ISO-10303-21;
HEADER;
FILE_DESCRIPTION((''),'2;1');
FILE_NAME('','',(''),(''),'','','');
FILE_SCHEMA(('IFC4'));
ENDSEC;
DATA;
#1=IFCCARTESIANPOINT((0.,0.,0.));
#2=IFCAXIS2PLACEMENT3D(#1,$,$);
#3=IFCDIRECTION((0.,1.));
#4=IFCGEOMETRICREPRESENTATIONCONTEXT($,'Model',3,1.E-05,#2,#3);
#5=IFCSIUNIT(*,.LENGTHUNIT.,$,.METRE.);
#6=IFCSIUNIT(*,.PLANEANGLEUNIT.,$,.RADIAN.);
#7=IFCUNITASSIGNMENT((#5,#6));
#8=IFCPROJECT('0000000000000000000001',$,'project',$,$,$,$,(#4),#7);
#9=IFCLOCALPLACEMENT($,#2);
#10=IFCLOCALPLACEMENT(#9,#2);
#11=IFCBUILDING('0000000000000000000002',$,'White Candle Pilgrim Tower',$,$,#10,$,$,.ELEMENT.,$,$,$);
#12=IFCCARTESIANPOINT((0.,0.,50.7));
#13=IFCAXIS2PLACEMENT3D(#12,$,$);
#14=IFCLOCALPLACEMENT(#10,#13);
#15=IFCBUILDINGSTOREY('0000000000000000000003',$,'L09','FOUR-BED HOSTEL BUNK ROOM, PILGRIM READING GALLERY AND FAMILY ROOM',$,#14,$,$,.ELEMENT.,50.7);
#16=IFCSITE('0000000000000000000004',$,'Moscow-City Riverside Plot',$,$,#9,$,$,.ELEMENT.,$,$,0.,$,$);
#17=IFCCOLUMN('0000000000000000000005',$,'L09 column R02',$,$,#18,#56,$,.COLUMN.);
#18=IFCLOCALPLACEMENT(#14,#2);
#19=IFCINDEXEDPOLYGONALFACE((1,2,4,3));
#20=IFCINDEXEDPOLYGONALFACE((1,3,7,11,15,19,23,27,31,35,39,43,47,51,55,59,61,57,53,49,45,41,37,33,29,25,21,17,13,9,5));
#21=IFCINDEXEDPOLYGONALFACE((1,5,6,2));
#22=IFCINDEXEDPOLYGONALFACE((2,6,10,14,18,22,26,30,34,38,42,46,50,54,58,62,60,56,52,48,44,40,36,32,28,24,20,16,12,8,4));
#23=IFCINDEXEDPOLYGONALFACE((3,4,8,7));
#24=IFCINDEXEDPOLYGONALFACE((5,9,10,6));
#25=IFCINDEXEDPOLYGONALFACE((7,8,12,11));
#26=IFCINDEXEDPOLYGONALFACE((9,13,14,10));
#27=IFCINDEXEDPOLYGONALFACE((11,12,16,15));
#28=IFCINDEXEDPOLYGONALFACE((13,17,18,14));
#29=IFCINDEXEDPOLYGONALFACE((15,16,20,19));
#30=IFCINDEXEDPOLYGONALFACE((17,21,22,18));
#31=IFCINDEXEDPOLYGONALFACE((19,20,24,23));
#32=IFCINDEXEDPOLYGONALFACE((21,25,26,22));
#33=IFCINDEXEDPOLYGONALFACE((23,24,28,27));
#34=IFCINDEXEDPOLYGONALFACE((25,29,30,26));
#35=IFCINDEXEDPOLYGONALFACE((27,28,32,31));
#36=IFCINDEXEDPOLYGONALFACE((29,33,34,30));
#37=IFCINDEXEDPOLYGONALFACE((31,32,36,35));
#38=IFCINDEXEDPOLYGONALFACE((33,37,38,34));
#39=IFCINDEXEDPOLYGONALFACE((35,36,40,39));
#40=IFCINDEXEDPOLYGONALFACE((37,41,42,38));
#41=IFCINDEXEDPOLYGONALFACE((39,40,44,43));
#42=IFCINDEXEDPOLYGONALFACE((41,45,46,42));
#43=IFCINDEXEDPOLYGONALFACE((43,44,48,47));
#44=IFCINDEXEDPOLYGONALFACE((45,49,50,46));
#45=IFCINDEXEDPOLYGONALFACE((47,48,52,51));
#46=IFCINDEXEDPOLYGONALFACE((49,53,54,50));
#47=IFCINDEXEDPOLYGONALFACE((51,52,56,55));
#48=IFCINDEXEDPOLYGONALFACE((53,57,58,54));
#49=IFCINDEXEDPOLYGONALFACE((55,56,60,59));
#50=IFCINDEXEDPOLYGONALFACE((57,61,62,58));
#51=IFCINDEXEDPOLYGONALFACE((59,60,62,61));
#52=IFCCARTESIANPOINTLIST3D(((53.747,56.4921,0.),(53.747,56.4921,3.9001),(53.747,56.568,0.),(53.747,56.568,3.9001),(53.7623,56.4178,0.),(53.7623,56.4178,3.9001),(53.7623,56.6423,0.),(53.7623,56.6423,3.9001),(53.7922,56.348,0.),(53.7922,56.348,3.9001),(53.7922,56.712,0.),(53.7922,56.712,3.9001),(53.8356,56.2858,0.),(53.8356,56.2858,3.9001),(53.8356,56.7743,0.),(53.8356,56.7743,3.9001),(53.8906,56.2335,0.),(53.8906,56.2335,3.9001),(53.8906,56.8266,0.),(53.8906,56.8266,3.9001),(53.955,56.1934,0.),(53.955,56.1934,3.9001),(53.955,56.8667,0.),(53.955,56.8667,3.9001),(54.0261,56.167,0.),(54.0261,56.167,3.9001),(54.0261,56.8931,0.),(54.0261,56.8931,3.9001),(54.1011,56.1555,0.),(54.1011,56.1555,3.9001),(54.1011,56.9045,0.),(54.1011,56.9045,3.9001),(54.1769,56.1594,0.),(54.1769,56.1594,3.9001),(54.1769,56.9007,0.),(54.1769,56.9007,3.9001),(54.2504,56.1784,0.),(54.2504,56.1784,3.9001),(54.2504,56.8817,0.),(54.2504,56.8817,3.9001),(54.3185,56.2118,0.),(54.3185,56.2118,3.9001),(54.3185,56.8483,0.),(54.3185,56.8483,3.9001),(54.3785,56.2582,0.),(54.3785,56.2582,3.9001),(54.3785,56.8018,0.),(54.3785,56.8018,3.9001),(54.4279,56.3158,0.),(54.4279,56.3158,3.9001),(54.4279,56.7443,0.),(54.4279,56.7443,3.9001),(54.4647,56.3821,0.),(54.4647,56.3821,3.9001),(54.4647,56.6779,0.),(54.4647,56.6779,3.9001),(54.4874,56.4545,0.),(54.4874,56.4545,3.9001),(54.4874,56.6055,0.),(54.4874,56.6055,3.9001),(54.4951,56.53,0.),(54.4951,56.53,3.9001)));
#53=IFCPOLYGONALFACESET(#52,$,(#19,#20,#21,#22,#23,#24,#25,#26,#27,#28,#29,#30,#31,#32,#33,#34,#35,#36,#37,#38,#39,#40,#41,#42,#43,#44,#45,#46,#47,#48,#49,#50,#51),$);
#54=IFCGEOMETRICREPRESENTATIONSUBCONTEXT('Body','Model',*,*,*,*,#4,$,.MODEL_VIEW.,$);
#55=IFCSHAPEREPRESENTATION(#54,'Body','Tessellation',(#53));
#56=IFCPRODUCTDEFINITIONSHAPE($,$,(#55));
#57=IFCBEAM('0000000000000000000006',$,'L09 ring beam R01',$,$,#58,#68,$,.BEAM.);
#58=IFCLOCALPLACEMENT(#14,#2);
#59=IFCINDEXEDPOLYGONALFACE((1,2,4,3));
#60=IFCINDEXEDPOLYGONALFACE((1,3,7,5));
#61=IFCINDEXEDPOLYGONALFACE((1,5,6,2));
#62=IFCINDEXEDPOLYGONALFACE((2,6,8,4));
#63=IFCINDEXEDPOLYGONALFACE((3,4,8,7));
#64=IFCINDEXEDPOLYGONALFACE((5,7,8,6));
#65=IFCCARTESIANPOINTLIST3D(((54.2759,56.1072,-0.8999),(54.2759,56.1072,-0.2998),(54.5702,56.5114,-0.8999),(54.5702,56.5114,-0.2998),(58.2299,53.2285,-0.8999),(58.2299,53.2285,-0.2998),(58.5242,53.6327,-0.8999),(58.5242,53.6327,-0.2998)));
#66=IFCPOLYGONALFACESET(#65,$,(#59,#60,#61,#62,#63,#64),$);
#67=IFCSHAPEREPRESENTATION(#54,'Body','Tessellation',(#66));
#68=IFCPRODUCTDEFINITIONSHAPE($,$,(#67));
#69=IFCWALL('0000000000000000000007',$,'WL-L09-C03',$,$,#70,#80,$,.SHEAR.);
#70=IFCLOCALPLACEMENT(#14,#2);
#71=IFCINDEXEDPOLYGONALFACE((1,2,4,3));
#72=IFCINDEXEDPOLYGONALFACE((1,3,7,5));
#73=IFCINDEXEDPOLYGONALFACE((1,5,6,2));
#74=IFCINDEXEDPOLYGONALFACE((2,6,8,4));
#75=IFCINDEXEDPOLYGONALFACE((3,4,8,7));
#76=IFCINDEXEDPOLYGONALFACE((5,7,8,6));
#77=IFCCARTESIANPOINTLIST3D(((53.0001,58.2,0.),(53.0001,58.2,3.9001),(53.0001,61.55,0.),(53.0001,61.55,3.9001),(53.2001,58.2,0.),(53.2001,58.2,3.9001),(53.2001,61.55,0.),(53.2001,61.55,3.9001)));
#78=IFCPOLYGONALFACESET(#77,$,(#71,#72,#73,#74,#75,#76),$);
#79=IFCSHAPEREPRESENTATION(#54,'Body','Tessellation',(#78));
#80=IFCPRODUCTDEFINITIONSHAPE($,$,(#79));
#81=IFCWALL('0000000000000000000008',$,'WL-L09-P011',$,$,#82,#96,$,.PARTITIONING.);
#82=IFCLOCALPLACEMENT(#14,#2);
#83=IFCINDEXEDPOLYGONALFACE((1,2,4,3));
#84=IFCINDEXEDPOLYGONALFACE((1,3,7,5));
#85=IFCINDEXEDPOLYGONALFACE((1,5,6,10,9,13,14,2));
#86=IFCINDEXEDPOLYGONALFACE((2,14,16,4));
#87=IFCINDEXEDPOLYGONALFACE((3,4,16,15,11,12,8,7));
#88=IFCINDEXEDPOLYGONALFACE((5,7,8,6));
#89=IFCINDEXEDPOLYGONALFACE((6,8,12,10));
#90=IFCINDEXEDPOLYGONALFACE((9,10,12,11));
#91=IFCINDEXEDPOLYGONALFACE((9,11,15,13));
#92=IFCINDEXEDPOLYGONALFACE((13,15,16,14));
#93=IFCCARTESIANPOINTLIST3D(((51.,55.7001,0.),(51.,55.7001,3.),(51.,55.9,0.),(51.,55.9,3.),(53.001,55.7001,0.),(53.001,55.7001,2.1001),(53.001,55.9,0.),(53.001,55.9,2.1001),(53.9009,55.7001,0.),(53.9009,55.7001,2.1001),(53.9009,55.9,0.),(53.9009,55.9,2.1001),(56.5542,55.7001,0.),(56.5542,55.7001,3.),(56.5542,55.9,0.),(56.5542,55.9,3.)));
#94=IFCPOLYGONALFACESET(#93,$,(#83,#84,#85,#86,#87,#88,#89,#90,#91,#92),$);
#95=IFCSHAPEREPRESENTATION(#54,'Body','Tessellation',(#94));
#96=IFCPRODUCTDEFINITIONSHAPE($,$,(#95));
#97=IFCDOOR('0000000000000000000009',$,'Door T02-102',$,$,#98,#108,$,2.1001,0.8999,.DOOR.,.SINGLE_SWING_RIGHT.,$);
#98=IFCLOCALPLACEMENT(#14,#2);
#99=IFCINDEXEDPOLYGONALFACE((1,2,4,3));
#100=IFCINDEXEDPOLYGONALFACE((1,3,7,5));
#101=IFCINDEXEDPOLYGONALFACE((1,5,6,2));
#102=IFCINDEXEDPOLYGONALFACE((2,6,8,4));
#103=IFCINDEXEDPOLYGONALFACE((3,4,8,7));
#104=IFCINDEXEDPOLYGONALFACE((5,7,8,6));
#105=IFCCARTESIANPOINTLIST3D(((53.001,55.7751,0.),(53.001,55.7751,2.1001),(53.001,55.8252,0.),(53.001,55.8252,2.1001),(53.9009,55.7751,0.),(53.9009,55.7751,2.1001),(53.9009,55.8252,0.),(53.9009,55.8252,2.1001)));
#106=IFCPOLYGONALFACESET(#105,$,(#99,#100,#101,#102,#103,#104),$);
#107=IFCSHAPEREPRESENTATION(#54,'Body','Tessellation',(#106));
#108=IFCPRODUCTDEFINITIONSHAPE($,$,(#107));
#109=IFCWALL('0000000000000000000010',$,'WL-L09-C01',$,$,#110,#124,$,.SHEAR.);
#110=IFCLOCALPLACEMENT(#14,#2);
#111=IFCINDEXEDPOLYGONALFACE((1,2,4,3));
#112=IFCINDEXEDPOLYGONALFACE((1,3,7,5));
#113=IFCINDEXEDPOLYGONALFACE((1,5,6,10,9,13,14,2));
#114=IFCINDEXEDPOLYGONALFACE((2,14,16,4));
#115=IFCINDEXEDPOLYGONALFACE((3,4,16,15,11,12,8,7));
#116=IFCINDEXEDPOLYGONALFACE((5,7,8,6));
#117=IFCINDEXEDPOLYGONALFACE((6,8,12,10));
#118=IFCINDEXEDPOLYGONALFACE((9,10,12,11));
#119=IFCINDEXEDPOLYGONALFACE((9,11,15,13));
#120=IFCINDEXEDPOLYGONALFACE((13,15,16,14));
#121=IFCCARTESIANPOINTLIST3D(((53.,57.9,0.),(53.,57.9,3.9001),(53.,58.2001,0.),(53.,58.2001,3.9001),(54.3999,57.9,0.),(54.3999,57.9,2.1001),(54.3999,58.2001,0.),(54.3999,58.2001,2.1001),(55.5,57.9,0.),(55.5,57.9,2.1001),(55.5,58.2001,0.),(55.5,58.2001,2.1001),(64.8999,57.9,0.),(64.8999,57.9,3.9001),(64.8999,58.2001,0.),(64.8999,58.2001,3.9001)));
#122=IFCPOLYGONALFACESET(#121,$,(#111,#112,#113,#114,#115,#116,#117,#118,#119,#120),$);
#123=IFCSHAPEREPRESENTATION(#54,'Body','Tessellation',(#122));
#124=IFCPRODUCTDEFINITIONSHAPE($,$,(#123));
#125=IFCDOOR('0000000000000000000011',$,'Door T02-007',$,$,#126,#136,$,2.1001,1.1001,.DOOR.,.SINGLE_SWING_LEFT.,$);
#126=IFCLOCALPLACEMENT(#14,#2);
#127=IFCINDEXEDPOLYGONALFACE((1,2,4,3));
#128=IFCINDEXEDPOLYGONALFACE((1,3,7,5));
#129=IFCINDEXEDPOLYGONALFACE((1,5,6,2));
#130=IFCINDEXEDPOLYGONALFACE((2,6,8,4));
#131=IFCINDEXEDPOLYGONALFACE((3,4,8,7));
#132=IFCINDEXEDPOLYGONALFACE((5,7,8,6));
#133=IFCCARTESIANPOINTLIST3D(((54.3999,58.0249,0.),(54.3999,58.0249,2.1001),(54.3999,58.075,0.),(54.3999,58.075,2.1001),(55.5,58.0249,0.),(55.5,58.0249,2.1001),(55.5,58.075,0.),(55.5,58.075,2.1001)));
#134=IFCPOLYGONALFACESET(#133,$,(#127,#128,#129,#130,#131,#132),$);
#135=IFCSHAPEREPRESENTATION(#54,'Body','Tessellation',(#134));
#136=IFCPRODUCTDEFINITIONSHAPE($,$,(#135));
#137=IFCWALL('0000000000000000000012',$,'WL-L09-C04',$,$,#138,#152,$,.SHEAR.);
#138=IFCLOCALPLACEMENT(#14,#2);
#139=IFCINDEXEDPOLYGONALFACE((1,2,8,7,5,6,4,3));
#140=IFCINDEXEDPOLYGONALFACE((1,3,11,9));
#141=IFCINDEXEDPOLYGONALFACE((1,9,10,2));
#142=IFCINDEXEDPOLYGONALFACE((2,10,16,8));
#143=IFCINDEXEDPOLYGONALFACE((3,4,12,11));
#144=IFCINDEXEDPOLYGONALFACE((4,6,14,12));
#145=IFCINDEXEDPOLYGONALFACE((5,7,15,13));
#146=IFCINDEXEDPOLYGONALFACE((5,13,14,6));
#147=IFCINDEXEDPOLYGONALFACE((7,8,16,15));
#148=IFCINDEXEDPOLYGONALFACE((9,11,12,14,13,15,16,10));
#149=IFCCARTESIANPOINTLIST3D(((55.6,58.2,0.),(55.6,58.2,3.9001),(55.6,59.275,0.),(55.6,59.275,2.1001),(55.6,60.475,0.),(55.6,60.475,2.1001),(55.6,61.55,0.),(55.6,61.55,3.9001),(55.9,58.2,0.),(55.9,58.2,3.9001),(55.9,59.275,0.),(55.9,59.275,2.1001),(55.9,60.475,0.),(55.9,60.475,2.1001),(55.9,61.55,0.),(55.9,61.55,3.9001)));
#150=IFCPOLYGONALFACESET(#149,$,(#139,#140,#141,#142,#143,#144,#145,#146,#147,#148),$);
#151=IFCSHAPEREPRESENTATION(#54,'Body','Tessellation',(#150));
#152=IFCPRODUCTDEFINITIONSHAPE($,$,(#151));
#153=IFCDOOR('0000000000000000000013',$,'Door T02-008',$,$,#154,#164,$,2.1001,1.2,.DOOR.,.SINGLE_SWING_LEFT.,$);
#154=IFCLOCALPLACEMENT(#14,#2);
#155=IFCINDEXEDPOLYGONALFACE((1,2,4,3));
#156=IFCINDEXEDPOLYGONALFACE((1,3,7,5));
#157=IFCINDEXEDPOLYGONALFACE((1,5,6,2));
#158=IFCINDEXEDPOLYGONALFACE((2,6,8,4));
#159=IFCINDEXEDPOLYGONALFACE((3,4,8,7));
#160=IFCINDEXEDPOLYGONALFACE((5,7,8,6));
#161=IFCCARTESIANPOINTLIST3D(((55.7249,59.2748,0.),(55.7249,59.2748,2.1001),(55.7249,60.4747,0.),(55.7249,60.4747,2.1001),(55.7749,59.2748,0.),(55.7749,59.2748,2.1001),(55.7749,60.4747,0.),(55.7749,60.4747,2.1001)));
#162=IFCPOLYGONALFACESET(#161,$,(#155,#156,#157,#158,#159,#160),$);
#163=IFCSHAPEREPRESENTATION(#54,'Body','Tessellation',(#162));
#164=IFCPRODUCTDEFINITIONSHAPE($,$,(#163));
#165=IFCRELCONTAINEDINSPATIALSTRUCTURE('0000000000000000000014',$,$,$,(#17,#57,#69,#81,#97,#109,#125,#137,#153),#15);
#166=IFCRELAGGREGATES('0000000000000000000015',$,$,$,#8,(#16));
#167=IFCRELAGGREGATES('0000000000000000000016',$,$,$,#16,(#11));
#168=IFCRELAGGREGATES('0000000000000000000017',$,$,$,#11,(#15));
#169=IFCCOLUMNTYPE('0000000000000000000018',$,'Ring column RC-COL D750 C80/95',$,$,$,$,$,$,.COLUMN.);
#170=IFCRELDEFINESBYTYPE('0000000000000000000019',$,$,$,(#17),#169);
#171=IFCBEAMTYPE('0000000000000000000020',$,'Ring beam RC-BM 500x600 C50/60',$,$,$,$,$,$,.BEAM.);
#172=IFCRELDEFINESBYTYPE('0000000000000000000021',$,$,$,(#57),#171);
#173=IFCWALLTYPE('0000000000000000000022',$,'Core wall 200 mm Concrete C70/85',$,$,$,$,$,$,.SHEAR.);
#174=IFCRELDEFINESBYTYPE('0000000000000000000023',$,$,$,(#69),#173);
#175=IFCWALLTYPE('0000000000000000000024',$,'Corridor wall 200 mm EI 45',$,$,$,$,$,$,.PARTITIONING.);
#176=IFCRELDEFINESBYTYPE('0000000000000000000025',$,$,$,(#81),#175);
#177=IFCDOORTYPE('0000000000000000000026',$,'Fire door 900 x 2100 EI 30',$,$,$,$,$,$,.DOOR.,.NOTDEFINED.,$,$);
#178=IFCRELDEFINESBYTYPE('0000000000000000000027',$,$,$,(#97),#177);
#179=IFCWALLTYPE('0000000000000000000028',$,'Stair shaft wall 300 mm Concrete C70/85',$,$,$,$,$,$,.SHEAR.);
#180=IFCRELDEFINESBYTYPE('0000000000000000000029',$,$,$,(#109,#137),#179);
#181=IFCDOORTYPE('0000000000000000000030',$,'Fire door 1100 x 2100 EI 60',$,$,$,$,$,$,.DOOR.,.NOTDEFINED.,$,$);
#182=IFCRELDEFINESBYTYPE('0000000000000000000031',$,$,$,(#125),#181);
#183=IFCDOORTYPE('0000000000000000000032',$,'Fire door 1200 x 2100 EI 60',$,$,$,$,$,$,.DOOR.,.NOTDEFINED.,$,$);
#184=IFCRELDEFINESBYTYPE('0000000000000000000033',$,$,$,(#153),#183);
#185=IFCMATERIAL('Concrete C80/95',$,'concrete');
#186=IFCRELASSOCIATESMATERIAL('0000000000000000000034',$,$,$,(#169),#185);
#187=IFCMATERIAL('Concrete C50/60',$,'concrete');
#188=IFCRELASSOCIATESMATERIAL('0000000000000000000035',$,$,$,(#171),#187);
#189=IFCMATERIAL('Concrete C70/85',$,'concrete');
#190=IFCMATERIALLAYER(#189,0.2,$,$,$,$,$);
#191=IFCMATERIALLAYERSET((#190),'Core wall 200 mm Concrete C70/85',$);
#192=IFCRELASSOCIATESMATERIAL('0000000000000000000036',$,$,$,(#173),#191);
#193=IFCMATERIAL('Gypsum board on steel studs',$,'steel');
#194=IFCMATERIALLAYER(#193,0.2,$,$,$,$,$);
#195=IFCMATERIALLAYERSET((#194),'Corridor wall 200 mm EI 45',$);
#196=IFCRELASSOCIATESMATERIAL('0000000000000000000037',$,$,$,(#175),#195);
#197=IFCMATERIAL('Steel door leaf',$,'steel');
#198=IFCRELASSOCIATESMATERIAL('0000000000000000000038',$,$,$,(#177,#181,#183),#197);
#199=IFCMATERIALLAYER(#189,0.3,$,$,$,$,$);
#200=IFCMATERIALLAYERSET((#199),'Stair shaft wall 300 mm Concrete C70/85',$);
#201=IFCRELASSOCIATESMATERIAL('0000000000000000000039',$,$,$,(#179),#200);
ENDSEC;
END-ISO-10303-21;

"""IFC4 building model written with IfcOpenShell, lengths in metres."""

from ifc_helpers import new_model, si_unit, direction, frame, frame_2d, origin, origin_2d, place, context, subcontext, project, spatial, rectangle, circle, extrude, material, layer, layer_set, material_profile, profile_set, type_object, element, fill, save


model = new_model("IFC4")

# Units and contexts
model_context = context("Model", 3, precision=1e-05, world=origin(), true_north=direction((0.0, 1.0)))
body_context = subcontext(model_context, "Body", "Model", "MODEL_VIEW")
ifc_project = project(units=[si_unit("LENGTHUNIT", "METRE"), si_unit("PLANEANGLEUNIT", "RADIAN")], contexts=[model_context])

# Site, building, storey
site_placement = place(None, origin())
site = spatial("IfcSite", under=ifc_project, at=site_placement, Name="Moscow-City Riverside Plot", CompositionType="ELEMENT", RefElevation=0.0)
building_placement = place(site_placement, origin())
building = spatial("IfcBuilding", under=site, at=building_placement, Name="White Candle Pilgrim Tower", CompositionType="ELEMENT")
storey_placement = place(building_placement, frame((0.0, 0.0, 50.7)))
storey = spatial("IfcBuildingStorey", under=building, at=storey_placement, Name="L09", Description="FOUR-BED HOSTEL BUNK ROOM, PILGRIM READING GALLERY AND FAMILY ROOM", CompositionType="ELEMENT", Elevation=50.7)

# Column
ifc_material_1 = material(Name="Concrete C80/95", Category="concrete")
ifc_material_profile_1 = material_profile(ifc_material_1, circle(Radius=0.375, at=origin_2d()), Name="RC-COL D750")
ifc_profile_set_1 = profile_set([ifc_material_profile_1], Name="Concrete C80/95")
column_type = type_object("IfcColumnType", Name="Ring column RC-COL D750 C80/95", PredefinedType="COLUMN", material=ifc_profile_set_1)
column_placement = place(storey_placement, frame((54.1201, 56.53, 0.0), z_axis=(0.0, 0.0, 1.0), x_axis=(1.0, 0.0, 0.0)))
element("IfcColumn", 1, at=column_placement, inside=storey, type_object=column_type, Name="L09 column R02", PredefinedType="COLUMN", context=body_context, shape_type="SweptSolid", body=[
    extrude(circle(Radius=0.375, at=origin_2d()), origin(), (0.0, 0.0, 1.0), 3.9001),
])

# Beam
ifc_material_2 = material(Name="Concrete C50/60", Category="concrete")
ifc_material_profile_2 = material_profile(ifc_material_2, rectangle(XDim=0.5, YDim=0.6001, at=origin_2d()), Name="RC-BM 500x600")
ifc_profile_set_2 = profile_set([ifc_material_profile_2], Name="Concrete C50/60")
beam_type = type_object("IfcBeamType", Name="Ring beam RC-BM 500x600 C50/60", PredefinedType="BEAM", material=ifc_profile_set_2)
beam_placement = place(storey_placement, frame((54.4231, 56.3093, -0.5999), z_axis=(0.808432, -0.58859, 0.0), x_axis=(0.58859, 0.808432, 0.0)))
element("IfcBeam", 2, at=beam_placement, inside=storey, type_object=beam_type, Name="L09 ring beam R01", PredefinedType="BEAM", context=body_context, shape_type="SweptSolid", body=[
    extrude(rectangle(XDim=0.5, YDim=0.6001, at=origin_2d()), origin(), (0.0, 0.0, 1.0), 4.8909),
])

# Wall
ifc_material_3 = material(Name="Concrete C70/85", Category="concrete")
ifc_layer_1 = layer(ifc_material_3, 0.2)
ifc_layer_set_1 = layer_set([ifc_layer_1], Name="Core wall 200 mm Concrete C70/85")
wall_type_1 = type_object("IfcWallType", Name="Core wall 200 mm Concrete C70/85", PredefinedType="SHEAR", material=ifc_layer_set_1)
wall_1_placement = place(storey_placement, frame((53.1001, 58.2, 0.0), z_axis=(0.0, 0.0, 1.0), x_axis=(0.0, 1.0, 0.0)))
element("IfcWall", 3, at=wall_1_placement, inside=storey, type_object=wall_type_1, Name="WL-L09-C03", PredefinedType="SHEAR", context=body_context, shape_type="SweptSolid", body=[
    extrude(rectangle(XDim=3.3501, YDim=0.2, at=frame_2d((1.675, 0.0))), origin(), (0.0, 0.0, 1.0), 3.9001),
])

# Walls, openings, doors
ifc_material_4 = material(Name="Gypsum board on steel studs", Category="steel")
ifc_layer_2 = layer(ifc_material_4, 0.2)
ifc_layer_set_2 = layer_set([ifc_layer_2], Name="Corridor wall 200 mm EI 45")
wall_type_2 = type_object("IfcWallType", Name="Corridor wall 200 mm EI 45", PredefinedType="PARTITIONING", material=ifc_layer_set_2)
wall_2_placement = place(storey_placement, frame((56.5542, 55.8, 0.0), z_axis=(0.0, 0.0, 1.0), x_axis=(-1.0, 0.0, 0.0)))
wall_2 = element("IfcWall", 4, at=wall_2_placement, inside=storey, type_object=wall_type_2, Name="WL-L09-P011", PredefinedType="PARTITIONING", context=body_context, shape_type="SweptSolid", body=[
    extrude(rectangle(XDim=5.5542, YDim=0.2, at=frame_2d((2.7771, 0.0))), origin(), (0.0, 0.0, 1.0), 3.0),
])
opening_1_placement = place(wall_2_placement, frame((2.6533, 0.0, 0.0)))
opening_1 = element("IfcOpeningElement", 5, at=opening_1_placement, cuts=wall_2, PredefinedType="OPENING", context=body_context, shape_type="SweptSolid", body=[
    extrude(rectangle(XDim=0.8999, YDim=2.1001, at=frame_2d((0.45, 1.05))), frame((0.0, 0.1099, 0.0), z_axis=(0.0, -1.0, 0.0), x_axis=(1.0, 0.0, 0.0)), (0.0, 0.0, 1.0), 0.22),
])
ifc_material_5 = material(Name="Steel door leaf", Category="steel")
door_type_1 = type_object("IfcDoorType", Name="Fire door 900 x 2100 EI 30", OperationType="NOTDEFINED", PredefinedType="DOOR", material=ifc_material_5)
door_1_placement = place(opening_1_placement, origin())
door_1 = element("IfcDoor", 6, at=door_1_placement, inside=storey, type_object=door_type_1, Name="Door T02-102", OperationType="SINGLE_SWING_RIGHT", OverallHeight=2.1001, OverallWidth=0.8999, PredefinedType="DOOR", context=body_context, shape_type="SweptSolid", body=[
    extrude(rectangle(XDim=0.8999, YDim=2.1001, at=frame_2d((0.45, 1.05))), frame((0.0, 0.0249, 0.0), z_axis=(0.0, -1.0, 0.0), x_axis=(1.0, 0.0, 0.0)), (0.0, 0.0, 1.0), 0.05),
])
fill(opening_1, door_1)
ifc_layer_3 = layer(ifc_material_3, 0.3)
ifc_layer_set_3 = layer_set([ifc_layer_3], Name="Stair shaft wall 300 mm Concrete C70/85")
wall_type_3 = type_object("IfcWallType", Name="Stair shaft wall 300 mm Concrete C70/85", PredefinedType="SHEAR", material=ifc_layer_set_3)
wall_3_placement = place(storey_placement, frame((53.0, 58.05, 0.0), z_axis=(0.0, 0.0, 1.0), x_axis=(1.0, 0.0, 0.0)))
wall_3 = element("IfcWall", 7, at=wall_3_placement, inside=storey, type_object=wall_type_3, Name="WL-L09-C01", PredefinedType="SHEAR", context=body_context, shape_type="SweptSolid", body=[
    extrude(rectangle(XDim=11.8999, YDim=0.3, at=frame_2d((5.95, 0.0))), origin(), (0.0, 0.0, 1.0), 3.9001),
])
opening_2_placement = place(wall_3_placement, frame((1.3999, 0.0, 0.0)))
opening_2 = element("IfcOpeningElement", 8, at=opening_2_placement, cuts=wall_3, PredefinedType="OPENING", context=body_context, shape_type="SweptSolid", body=[
    extrude(rectangle(XDim=1.1001, YDim=2.1001, at=frame_2d((0.55, 1.05))), frame((0.0, 0.1599, 0.0), z_axis=(0.0, -1.0, 0.0), x_axis=(1.0, 0.0, 0.0)), (0.0, 0.0, 1.0), 0.3201),
])
door_type_2 = type_object("IfcDoorType", Name="Fire door 1100 x 2100 EI 60", OperationType="NOTDEFINED", PredefinedType="DOOR", material=ifc_material_5)
door_2_placement = place(opening_2_placement, origin())
door_2 = element("IfcDoor", 9, at=door_2_placement, inside=storey, type_object=door_type_2, Name="Door T02-007", OperationType="SINGLE_SWING_LEFT", OverallHeight=2.1001, OverallWidth=1.1001, PredefinedType="DOOR", context=body_context, shape_type="SweptSolid", body=[
    extrude(rectangle(XDim=1.1001, YDim=2.1001, at=frame_2d((0.55, 1.05))), frame((0.0, 0.0249, 0.0), z_axis=(0.0, -1.0, 0.0), x_axis=(1.0, 0.0, 0.0)), (0.0, 0.0, 1.0), 0.05),
])
fill(opening_2, door_2)
wall_4_placement = place(storey_placement, frame((55.75, 58.2, 0.0), z_axis=(0.0, 0.0, 1.0), x_axis=(0.0, 1.0, 0.0)))
wall_4 = element("IfcWall", 10, at=wall_4_placement, inside=storey, type_object=wall_type_3, Name="WL-L09-C04", PredefinedType="SHEAR", context=body_context, shape_type="SweptSolid", body=[
    extrude(rectangle(XDim=3.3501, YDim=0.3, at=frame_2d((1.675, 0.0))), origin(), (0.0, 0.0, 1.0), 3.9001),
])
opening_3_placement = place(wall_4_placement, frame((1.075, 0.0, 0.0)))
opening_3 = element("IfcOpeningElement", 11, at=opening_3_placement, cuts=wall_4, PredefinedType="OPENING", context=body_context, shape_type="SweptSolid", body=[
    extrude(rectangle(XDim=1.2, YDim=2.1001, at=frame_2d((0.6001, 1.05))), frame((0.0, 0.1599, 0.0), z_axis=(0.0, -1.0, 0.0), x_axis=(1.0, 0.0, 0.0)), (0.0, 0.0, 1.0), 0.3201),
])
door_type_3 = type_object("IfcDoorType", Name="Fire door 1200 x 2100 EI 60", OperationType="NOTDEFINED", PredefinedType="DOOR", material=ifc_material_5)
door_3_placement = place(opening_3_placement, frame((1.2, 0.0, 0.0), z_axis=(0.0, 0.0, 1.0), x_axis=(-1.0, 0.0, 0.0)))
door_3 = element("IfcDoor", 12, at=door_3_placement, inside=storey, type_object=door_type_3, Name="Door T02-008", OperationType="SINGLE_SWING_LEFT", OverallHeight=2.1001, OverallWidth=1.2, PredefinedType="DOOR", context=body_context, shape_type="SweptSolid", body=[
    extrude(rectangle(XDim=1.2, YDim=2.1001, at=frame_2d((0.6001, 1.05))), frame((0.0, 0.0249, 0.0), z_axis=(0.0, -1.0, 0.0), x_axis=(1.0, 0.0, 0.0)), (0.0, 0.0, 1.0), 0.05),
])
fill(opening_3, door_3)

save(model, "model.ifc")
